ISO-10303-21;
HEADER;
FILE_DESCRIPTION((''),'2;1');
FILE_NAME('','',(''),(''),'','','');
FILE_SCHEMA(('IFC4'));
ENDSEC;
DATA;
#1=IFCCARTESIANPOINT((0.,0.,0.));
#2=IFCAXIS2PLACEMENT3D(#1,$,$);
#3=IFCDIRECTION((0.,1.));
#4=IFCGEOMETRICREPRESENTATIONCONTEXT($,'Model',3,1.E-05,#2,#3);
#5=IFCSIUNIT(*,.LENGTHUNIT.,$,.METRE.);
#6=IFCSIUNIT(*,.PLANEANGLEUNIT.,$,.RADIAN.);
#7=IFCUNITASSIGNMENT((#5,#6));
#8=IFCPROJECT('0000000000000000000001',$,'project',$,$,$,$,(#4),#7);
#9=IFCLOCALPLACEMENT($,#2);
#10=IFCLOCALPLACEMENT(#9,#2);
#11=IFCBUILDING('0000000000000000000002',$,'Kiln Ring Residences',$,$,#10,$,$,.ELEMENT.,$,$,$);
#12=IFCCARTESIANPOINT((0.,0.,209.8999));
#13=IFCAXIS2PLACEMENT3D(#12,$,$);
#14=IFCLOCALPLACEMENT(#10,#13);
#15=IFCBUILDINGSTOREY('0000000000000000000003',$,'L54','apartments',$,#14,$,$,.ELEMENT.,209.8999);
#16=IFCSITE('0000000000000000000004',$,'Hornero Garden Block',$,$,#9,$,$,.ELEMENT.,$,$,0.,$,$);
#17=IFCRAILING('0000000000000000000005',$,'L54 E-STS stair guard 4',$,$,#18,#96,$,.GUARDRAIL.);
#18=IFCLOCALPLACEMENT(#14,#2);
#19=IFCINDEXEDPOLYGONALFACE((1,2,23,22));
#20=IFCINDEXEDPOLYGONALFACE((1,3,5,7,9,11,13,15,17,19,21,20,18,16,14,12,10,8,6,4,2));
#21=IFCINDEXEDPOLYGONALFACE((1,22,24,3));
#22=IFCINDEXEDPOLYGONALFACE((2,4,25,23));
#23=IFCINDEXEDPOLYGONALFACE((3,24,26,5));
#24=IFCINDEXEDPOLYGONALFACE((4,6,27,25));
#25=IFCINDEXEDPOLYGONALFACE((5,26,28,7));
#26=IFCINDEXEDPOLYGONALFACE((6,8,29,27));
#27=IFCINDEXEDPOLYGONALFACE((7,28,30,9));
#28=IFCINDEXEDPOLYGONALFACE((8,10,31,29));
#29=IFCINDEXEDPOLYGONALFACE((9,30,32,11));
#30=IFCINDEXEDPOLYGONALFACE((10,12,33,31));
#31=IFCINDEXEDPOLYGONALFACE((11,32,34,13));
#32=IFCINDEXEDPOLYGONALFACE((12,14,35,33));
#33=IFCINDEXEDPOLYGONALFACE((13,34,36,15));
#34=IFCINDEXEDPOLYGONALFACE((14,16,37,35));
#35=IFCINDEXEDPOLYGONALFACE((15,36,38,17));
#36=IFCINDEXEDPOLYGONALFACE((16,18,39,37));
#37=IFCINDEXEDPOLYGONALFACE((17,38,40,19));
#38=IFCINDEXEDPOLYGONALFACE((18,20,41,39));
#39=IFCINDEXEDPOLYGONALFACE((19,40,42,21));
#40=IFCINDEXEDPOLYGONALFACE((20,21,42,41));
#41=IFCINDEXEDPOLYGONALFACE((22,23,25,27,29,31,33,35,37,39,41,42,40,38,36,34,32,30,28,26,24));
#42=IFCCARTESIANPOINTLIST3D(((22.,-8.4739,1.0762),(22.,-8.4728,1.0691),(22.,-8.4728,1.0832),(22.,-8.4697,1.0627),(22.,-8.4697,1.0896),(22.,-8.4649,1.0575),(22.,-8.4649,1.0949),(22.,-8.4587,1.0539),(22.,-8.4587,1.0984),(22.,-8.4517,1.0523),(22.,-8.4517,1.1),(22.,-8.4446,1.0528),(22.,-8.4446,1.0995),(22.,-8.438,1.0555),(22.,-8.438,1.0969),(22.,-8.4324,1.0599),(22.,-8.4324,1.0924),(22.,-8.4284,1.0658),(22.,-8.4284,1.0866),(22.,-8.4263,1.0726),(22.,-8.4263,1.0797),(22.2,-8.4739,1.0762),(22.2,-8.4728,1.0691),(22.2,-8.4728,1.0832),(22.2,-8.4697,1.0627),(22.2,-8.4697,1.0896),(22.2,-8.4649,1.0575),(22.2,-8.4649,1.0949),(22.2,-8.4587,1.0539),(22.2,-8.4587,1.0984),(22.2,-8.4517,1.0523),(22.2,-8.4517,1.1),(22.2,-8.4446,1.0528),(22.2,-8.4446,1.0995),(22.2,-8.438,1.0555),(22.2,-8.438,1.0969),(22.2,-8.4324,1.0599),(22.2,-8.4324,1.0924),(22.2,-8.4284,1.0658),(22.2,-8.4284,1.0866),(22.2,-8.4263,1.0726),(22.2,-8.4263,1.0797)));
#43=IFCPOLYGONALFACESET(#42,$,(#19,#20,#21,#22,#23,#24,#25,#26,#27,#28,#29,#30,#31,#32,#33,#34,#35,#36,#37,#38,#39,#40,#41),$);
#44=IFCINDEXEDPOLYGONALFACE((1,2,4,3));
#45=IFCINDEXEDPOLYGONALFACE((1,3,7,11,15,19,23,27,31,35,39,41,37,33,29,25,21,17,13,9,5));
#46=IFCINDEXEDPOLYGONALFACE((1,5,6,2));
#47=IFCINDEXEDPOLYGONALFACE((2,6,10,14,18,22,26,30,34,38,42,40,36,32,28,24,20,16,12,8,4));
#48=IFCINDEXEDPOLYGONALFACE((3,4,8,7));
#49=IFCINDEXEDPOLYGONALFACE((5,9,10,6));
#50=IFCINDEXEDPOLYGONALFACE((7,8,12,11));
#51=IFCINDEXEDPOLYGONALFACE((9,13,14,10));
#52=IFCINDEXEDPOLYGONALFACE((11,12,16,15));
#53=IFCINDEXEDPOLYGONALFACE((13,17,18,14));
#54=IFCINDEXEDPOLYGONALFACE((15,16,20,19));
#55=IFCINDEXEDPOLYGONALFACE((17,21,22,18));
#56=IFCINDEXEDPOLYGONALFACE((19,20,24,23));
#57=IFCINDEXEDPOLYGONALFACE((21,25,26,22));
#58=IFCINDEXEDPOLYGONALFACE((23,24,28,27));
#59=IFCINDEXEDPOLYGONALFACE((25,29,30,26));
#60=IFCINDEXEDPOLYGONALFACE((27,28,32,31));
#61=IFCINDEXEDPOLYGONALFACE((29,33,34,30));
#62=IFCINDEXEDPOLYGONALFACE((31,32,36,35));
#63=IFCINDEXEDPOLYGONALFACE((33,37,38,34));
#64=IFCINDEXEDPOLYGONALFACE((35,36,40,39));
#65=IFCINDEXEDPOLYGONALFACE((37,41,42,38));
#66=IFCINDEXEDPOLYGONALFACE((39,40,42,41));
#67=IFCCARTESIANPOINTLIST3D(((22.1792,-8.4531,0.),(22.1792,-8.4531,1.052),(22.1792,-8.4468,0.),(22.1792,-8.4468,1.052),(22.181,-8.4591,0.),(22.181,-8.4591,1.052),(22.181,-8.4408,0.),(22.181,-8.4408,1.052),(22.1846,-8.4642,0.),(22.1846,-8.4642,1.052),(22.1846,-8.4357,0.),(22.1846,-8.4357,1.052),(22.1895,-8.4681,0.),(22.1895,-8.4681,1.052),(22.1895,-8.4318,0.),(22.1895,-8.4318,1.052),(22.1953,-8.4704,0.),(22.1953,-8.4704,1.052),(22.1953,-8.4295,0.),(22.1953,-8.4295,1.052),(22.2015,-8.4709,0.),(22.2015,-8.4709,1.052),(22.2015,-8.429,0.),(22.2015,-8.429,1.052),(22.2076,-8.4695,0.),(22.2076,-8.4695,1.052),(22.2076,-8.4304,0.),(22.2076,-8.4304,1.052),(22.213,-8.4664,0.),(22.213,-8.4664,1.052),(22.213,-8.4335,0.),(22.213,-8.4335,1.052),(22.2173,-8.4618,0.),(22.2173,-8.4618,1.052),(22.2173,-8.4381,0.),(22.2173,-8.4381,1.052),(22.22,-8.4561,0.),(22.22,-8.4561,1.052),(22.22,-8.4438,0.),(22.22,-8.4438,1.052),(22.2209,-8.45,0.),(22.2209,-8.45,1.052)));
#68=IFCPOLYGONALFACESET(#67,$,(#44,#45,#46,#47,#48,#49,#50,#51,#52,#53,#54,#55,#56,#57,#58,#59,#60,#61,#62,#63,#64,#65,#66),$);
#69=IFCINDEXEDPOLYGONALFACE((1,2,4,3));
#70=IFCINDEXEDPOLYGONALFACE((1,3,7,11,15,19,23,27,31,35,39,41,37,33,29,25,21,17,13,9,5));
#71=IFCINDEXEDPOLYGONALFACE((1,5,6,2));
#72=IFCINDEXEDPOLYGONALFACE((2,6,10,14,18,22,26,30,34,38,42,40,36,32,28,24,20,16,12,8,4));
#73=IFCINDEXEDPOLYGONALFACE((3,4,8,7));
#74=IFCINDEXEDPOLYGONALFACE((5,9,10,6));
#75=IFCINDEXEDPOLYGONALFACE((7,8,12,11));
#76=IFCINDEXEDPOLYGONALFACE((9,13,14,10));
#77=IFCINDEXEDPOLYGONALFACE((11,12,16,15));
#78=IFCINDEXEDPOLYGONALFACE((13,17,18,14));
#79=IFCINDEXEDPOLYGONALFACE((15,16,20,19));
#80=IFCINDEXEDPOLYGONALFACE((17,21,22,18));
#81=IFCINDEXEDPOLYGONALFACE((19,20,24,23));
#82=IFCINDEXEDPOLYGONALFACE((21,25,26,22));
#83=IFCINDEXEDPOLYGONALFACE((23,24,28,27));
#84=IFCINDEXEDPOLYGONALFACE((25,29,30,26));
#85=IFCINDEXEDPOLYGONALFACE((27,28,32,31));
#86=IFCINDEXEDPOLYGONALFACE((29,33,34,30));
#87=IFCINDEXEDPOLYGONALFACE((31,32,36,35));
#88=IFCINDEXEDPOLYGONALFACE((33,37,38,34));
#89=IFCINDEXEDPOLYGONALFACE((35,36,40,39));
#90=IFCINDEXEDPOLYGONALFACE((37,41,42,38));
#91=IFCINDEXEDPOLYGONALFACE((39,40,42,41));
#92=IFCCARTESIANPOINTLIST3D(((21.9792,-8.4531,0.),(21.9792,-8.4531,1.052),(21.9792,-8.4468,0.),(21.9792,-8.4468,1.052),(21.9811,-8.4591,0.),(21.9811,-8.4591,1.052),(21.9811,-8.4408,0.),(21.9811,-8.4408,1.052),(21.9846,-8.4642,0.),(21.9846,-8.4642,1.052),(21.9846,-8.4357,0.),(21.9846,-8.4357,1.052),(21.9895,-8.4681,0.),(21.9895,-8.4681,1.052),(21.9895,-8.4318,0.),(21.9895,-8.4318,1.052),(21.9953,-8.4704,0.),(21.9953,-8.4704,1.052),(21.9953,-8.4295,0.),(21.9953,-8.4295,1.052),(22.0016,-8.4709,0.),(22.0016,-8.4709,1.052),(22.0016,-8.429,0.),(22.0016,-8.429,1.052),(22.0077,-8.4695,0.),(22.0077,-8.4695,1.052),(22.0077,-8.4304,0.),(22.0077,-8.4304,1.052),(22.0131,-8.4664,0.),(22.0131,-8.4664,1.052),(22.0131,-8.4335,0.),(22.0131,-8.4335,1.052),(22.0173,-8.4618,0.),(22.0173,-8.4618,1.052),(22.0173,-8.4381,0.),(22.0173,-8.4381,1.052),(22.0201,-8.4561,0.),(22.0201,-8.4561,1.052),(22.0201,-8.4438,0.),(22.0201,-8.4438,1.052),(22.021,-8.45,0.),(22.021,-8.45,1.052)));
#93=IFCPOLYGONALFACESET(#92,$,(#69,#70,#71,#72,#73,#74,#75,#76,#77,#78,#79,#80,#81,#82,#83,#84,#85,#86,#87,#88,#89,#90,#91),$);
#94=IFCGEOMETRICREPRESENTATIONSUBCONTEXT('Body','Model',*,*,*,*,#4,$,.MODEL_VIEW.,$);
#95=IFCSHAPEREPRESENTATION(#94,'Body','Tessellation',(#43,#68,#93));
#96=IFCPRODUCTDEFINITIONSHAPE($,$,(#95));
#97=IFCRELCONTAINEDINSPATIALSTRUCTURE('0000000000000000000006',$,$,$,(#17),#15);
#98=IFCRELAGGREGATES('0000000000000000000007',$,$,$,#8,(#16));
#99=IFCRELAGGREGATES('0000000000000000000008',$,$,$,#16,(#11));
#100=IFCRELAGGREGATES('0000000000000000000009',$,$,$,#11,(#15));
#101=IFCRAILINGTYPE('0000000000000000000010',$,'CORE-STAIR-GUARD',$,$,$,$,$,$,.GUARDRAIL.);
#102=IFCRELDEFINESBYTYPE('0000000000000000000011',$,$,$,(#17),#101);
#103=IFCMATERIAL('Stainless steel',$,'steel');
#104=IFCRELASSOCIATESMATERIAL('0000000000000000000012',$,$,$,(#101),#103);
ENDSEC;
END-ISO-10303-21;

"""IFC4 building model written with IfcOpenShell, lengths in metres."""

from ifc_helpers import new_model, si_unit, direction, frame, origin, origin_2d, place, context, subcontext, project, spatial, circle, extrude, material, type_object, element, save


model = new_model("IFC4")

# Units and contexts
model_context = context("Model", 3, precision=1e-05, world=origin(), true_north=direction((0.0, 1.0)))
body_context = subcontext(model_context, "Body", "Model", "MODEL_VIEW")
ifc_project = project(units=[si_unit("LENGTHUNIT", "METRE"), si_unit("PLANEANGLEUNIT", "RADIAN")], contexts=[model_context])

# Site, building, storey
site_placement = place(None, origin())
site = spatial("IfcSite", under=ifc_project, at=site_placement, Name="Hornero Garden Block", CompositionType="ELEMENT", RefElevation=0.0)
building_placement = place(site_placement, origin())
building = spatial("IfcBuilding", under=site, at=building_placement, Name="Kiln Ring Residences", CompositionType="ELEMENT")
storey_placement = place(building_placement, frame((0.0, 0.0, 209.8999)))
storey = spatial("IfcBuildingStorey", under=building, at=storey_placement, Name="L54", Description="apartments", CompositionType="ELEMENT", Elevation=209.8999)

# Railing
ifc_material_1 = material(Name="Stainless steel", Category="steel")
railing_type_1 = type_object("IfcRailingType", Name="CORE-STAIR-GUARD", PredefinedType="GUARDRAIL", material=ifc_material_1)
railing_1_placement = place(storey_placement, frame((22.2, -8.45, 0.0)))
element("IfcRailing", 1, at=railing_1_placement, inside=storey, type_object=railing_type_1, Name="L54 E-STS stair guard 4", PredefinedType="GUARDRAIL", context=body_context, shape_type="SweptSolid", body=[
    extrude(circle(Radius=0.0239, at=origin_2d()), frame((0.0, 0.0, 1.0762), z_axis=(-1.0, 0.0, 0.0), x_axis=(0.0, -1.0, 0.0)), (0.0, 0.0, 1.0), 0.2),
    extrude(circle(Radius=0.021, at=origin_2d()), origin(), (0.0, 0.0, 1.0), 1.052),
    extrude(circle(Radius=0.021, at=origin_2d()), frame((-0.2, 0.0, 0.0)), (0.0, 0.0, 1.0), 1.052),
])

save(model, "model.ifc")
